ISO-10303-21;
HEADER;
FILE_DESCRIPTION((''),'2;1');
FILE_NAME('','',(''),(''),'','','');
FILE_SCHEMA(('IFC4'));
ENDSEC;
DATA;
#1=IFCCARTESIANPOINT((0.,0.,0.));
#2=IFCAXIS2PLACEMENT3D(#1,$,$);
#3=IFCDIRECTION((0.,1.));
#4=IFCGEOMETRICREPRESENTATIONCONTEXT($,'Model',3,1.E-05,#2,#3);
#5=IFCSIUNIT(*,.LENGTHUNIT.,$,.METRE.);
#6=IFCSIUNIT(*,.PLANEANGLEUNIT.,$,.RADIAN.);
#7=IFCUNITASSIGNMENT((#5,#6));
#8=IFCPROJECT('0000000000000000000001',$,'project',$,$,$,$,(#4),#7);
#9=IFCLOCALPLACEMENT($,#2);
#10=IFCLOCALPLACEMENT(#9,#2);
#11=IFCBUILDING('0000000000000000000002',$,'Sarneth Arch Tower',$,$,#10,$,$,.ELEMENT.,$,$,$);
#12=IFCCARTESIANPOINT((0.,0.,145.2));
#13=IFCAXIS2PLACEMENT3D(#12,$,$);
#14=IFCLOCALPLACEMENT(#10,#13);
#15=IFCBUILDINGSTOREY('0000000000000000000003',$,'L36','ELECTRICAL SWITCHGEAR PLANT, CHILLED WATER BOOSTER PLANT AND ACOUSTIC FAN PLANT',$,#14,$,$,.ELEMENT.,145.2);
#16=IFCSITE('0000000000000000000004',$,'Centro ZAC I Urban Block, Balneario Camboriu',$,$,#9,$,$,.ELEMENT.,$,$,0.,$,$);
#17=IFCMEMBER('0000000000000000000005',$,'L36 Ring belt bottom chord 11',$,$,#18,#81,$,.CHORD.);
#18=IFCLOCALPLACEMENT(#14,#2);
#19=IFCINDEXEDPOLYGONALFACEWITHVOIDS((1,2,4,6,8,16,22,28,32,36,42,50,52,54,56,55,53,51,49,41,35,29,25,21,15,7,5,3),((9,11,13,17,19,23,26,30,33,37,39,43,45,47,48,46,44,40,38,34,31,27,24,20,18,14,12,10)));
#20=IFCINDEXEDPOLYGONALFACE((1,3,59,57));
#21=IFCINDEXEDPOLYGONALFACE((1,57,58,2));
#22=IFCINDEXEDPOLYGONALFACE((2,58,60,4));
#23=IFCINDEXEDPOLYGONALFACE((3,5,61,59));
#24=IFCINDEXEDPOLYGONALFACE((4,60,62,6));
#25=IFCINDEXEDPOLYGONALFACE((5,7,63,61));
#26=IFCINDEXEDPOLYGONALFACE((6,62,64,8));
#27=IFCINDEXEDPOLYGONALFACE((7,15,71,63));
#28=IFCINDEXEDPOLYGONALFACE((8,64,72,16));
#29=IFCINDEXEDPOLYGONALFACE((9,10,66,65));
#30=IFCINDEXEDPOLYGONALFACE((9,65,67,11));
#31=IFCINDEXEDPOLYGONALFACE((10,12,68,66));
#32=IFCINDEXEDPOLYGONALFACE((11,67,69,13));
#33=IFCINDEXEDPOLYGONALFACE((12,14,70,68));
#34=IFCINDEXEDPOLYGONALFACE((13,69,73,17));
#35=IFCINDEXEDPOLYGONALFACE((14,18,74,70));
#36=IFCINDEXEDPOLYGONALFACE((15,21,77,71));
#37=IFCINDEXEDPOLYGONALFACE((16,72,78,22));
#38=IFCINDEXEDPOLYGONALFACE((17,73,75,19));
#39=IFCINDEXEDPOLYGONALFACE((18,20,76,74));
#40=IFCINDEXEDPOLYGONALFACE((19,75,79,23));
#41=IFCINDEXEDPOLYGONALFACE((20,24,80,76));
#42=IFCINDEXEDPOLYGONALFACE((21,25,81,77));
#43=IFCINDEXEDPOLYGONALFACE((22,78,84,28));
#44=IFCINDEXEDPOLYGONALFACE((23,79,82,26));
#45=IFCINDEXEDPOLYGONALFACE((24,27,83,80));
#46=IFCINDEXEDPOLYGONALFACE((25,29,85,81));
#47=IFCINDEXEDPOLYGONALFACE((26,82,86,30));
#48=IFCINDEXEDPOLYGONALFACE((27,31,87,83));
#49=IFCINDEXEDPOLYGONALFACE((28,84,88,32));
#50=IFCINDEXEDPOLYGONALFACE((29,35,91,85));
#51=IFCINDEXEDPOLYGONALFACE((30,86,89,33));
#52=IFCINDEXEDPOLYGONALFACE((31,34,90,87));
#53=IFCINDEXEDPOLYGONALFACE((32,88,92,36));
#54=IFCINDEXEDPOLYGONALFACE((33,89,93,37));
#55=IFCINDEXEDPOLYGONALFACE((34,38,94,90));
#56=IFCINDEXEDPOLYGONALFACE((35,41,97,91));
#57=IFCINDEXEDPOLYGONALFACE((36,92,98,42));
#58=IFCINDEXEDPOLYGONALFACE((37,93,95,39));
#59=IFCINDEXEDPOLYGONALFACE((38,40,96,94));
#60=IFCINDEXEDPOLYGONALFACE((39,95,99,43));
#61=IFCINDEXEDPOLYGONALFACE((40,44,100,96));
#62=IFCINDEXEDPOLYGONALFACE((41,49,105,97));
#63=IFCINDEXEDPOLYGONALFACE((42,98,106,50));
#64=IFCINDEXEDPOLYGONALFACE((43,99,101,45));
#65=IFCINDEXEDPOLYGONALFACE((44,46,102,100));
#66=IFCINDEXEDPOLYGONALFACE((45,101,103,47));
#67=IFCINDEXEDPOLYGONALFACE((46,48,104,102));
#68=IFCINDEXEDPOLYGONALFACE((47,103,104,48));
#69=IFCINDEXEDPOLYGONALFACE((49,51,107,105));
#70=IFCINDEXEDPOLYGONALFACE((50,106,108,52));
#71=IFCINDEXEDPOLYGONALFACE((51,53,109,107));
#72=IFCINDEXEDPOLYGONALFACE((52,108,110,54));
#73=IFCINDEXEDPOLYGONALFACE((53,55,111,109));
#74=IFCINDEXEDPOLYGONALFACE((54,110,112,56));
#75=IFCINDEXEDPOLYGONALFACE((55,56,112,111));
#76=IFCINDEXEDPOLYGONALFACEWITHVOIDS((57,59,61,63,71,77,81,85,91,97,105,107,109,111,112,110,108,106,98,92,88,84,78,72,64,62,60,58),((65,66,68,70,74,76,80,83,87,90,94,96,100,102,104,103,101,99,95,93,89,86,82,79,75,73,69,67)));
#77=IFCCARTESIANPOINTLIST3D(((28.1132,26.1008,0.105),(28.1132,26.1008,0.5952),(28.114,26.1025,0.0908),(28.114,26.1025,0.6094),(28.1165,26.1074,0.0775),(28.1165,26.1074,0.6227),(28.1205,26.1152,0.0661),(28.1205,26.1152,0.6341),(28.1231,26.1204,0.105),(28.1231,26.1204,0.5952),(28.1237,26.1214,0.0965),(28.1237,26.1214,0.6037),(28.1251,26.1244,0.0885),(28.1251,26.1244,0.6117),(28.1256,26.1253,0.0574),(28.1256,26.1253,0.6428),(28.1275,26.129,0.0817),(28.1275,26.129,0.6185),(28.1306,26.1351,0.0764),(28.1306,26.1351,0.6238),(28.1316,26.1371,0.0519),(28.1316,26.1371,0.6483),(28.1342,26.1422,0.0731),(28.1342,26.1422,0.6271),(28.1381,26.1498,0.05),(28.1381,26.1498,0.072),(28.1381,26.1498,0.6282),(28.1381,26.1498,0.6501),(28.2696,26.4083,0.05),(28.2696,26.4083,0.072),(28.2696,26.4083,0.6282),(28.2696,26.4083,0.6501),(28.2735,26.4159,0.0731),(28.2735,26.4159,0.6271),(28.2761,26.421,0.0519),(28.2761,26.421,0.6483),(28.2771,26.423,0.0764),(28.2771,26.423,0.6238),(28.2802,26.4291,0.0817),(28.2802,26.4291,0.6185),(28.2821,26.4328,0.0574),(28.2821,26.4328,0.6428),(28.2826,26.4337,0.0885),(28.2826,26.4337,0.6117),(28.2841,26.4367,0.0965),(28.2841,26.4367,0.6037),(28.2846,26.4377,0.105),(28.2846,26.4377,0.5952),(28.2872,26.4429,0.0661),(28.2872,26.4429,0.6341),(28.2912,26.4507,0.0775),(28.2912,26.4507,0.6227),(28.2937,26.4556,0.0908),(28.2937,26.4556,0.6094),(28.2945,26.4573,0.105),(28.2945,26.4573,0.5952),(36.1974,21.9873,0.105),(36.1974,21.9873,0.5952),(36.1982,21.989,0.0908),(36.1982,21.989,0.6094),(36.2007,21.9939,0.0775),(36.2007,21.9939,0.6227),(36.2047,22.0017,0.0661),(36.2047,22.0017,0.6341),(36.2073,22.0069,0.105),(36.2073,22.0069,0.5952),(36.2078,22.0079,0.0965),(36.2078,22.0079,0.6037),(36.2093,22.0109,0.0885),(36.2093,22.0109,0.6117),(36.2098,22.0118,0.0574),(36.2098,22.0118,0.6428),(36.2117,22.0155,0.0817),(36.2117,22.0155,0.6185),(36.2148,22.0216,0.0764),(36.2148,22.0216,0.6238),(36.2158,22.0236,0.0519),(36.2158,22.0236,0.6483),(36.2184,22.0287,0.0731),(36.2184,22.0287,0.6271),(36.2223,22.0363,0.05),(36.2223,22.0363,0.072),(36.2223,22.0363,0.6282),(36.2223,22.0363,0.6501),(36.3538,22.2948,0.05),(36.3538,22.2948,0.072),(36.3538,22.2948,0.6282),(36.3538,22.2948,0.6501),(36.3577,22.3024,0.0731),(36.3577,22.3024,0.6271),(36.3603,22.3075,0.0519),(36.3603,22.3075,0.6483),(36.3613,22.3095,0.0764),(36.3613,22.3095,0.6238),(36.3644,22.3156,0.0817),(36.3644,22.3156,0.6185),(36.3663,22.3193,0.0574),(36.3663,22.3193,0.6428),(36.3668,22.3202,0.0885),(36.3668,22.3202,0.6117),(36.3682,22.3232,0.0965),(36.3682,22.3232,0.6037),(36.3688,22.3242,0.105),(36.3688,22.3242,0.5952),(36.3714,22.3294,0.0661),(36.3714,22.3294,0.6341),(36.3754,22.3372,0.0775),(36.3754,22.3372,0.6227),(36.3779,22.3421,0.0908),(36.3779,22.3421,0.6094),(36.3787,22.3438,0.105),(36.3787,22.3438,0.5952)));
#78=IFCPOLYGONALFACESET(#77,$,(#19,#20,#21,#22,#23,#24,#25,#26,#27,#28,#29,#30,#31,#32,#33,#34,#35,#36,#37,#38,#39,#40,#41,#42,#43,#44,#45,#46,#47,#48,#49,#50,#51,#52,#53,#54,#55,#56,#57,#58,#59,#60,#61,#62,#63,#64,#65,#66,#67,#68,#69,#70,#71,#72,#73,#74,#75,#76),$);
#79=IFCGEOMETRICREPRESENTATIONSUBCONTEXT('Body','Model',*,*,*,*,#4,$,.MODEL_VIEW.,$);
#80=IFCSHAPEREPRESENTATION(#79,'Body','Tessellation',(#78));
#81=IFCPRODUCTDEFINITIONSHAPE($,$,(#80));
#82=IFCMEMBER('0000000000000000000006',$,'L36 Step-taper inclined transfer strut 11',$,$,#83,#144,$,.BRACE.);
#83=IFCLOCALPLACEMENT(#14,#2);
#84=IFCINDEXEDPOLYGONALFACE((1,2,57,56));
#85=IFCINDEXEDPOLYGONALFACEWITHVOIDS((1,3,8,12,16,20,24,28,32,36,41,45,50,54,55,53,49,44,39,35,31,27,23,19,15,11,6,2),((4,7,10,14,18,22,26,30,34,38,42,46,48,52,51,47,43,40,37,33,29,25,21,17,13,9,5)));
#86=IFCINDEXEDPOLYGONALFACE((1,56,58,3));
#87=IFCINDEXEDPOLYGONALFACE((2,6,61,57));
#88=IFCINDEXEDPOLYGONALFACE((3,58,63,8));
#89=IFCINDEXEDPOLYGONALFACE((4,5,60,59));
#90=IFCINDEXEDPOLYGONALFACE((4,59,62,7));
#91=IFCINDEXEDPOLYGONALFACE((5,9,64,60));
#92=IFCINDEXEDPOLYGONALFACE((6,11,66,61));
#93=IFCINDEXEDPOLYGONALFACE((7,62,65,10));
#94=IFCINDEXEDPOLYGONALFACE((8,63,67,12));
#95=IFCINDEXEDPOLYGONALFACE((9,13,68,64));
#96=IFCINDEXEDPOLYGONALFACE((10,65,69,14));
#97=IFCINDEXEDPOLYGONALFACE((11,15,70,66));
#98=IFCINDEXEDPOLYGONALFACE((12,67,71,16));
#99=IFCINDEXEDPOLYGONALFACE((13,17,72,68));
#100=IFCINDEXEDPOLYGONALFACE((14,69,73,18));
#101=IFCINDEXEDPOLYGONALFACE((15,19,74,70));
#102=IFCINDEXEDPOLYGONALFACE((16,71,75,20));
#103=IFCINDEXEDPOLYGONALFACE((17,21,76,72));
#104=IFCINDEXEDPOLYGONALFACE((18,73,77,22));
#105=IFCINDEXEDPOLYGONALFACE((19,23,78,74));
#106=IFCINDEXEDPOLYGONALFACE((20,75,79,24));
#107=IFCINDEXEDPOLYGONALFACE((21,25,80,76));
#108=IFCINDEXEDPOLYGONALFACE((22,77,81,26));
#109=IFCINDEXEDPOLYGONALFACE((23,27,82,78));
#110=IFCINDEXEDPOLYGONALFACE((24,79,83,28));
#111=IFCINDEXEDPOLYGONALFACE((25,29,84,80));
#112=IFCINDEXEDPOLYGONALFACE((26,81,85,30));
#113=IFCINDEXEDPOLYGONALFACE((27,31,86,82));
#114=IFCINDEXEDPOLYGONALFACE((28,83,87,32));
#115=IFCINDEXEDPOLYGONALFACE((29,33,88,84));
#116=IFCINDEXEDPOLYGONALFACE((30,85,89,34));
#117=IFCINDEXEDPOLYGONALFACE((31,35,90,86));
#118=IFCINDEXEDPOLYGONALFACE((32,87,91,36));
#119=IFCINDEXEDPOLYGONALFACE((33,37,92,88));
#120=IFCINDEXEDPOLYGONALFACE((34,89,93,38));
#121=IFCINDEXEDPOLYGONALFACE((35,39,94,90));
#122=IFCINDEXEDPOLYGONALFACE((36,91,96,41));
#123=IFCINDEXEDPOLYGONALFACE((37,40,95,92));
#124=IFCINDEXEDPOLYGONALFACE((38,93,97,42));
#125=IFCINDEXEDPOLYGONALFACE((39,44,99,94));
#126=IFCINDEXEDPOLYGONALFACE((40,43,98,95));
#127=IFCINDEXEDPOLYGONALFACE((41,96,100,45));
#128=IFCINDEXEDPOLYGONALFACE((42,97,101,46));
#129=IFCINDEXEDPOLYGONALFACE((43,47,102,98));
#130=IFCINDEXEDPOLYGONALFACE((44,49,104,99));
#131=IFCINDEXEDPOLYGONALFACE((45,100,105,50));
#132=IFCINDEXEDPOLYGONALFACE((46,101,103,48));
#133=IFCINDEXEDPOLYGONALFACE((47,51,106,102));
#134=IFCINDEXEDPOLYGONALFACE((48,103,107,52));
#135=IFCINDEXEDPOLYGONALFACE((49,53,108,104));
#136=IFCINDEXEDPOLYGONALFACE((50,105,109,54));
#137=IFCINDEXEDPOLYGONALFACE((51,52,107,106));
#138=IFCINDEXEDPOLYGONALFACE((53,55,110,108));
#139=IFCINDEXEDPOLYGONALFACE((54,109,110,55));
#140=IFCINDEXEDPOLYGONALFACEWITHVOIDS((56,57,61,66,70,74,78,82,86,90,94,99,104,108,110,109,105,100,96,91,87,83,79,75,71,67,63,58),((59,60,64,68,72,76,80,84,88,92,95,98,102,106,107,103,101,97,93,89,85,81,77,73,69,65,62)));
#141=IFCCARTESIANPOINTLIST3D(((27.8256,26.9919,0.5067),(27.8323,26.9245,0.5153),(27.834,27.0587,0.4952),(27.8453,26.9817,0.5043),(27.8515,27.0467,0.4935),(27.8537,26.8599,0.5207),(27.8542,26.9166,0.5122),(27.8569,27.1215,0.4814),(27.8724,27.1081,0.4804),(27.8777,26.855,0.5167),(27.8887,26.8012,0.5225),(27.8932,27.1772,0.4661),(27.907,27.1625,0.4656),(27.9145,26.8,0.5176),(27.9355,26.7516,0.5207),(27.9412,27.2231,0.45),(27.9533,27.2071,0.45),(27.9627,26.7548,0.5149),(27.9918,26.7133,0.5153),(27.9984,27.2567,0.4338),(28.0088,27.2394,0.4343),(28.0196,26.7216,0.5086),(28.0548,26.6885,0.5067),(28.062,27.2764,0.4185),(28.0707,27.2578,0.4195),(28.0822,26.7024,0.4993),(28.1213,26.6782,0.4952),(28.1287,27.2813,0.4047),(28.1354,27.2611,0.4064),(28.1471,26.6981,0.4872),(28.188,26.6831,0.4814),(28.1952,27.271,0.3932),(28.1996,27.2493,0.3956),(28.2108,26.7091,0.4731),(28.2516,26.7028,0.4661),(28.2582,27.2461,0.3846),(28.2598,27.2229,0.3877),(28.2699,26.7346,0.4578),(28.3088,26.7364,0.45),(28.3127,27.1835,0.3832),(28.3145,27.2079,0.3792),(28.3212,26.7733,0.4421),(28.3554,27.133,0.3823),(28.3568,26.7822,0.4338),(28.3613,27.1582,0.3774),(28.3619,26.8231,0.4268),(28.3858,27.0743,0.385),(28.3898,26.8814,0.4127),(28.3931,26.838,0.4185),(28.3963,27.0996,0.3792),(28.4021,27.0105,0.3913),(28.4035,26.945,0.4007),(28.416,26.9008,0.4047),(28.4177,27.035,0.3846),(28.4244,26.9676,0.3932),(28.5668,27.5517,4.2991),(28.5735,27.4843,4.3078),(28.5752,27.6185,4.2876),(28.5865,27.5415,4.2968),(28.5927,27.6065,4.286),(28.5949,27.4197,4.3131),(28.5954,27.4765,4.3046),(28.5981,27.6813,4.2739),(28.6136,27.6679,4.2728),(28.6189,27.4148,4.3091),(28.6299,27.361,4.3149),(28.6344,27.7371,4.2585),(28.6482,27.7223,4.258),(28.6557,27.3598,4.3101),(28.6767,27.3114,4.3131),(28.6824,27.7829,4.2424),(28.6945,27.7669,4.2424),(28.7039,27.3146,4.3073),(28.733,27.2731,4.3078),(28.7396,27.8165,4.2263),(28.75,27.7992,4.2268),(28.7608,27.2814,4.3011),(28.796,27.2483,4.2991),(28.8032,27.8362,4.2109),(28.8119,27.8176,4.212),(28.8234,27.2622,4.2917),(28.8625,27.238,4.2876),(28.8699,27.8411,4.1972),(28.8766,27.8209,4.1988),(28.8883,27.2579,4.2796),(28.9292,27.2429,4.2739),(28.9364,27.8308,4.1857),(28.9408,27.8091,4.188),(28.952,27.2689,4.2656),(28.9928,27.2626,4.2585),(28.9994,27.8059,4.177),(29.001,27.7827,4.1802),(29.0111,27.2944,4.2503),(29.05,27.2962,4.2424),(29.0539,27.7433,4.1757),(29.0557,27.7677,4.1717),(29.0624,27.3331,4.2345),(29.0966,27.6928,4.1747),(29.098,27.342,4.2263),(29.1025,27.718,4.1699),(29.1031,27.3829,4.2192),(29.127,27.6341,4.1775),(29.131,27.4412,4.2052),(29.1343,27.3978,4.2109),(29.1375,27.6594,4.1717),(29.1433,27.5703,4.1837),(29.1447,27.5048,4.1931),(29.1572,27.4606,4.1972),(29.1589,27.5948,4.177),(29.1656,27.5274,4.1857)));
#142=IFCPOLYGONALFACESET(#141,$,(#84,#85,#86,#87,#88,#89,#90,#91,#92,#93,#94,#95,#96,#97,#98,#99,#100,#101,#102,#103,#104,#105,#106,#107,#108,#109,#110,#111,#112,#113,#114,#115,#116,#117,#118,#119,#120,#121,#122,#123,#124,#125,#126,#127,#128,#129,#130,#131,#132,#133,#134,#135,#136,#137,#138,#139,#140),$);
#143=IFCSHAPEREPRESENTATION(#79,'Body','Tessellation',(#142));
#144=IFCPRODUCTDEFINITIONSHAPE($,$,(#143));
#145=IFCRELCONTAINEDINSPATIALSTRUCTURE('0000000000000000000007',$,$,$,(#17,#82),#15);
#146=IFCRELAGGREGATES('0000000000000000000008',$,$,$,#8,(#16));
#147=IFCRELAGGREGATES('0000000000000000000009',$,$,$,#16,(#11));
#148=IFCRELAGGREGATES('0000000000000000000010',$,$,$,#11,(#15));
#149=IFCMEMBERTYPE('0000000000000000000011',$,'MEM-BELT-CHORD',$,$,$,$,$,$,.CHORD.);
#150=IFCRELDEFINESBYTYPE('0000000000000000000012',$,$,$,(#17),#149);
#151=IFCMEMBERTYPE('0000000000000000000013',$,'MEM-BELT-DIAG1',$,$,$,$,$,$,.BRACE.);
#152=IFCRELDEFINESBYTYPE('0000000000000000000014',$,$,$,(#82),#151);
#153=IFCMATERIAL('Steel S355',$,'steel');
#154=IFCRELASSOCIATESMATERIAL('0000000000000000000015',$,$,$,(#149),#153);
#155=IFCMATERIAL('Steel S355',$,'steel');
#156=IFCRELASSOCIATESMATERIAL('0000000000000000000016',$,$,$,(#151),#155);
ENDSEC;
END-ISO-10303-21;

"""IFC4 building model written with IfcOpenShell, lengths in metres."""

from ifc_helpers import new_model, si_unit, direction, frame, origin, origin_2d, place, context, subcontext, project, spatial, hollow_rectangle, hollow_circle, extrude, material, material_profile, profile_set, type_object, element, save


model = new_model("IFC4")

# Units and contexts
model_context = context("Model", 3, precision=1e-05, world=origin(), true_north=direction((0.0, 1.0)))
body_context = subcontext(model_context, "Body", "Model", "MODEL_VIEW")
ifc_project = project(units=[si_unit("LENGTHUNIT", "METRE"), si_unit("PLANEANGLEUNIT", "RADIAN")], contexts=[model_context])

# Site, building, storey
site_placement = place(None, origin())
site = spatial("IfcSite", under=ifc_project, at=site_placement, Name="Centro ZAC I Urban Block, Balneario Camboriu", CompositionType="ELEMENT", RefElevation=0.0)
building_placement = place(site_placement, origin())
building = spatial("IfcBuilding", under=site, at=building_placement, Name="Sarneth Arch Tower", CompositionType="ELEMENT")
storey_placement = place(building_placement, frame((0.0, 0.0, 145.2)))
storey = spatial("IfcBuildingStorey", under=building, at=storey_placement, Name="L36", Description="ELECTRICAL SWITCHGEAR PLANT, CHILLED WATER BOOSTER PLANT AND ACOUSTIC FAN PLANT", CompositionType="ELEMENT", Elevation=145.2)

# Members
ifc_material_1 = material(Name="Steel S355", Category="steel")
ifc_material_profile_1 = material_profile(ifc_material_1, hollow_rectangle(XDim=0.3999, YDim=0.6001, WallThickness=0.022, InnerFilletRadius=0.033, OuterFilletRadius=0.0549, at=origin_2d()), Name="RHS600x400x22")
ifc_profile_set_1 = profile_set([ifc_material_profile_1], Name="Steel S355")
member_type_1 = type_object("IfcMemberType", Name="MEM-BELT-CHORD", PredefinedType="CHORD", material=ifc_profile_set_1)
member_1_placement = place(storey_placement, frame((28.2039, 26.2791, 0.3501), z_axis=(0.891256, -0.453501, 0.0), x_axis=(0.453501, 0.891256, 0.0)))
element("IfcMember", 1, at=member_1_placement, inside=storey, type_object=member_type_1, Name="L36 Ring belt bottom chord 11", PredefinedType="CHORD", context=body_context, shape_type="SweptSolid", body=[
    extrude(hollow_rectangle(XDim=0.3999, YDim=0.6001, WallThickness=0.022, InnerFilletRadius=0.033, OuterFilletRadius=0.0549, at=origin_2d()), origin(), (0.0, 0.0, 1.0), 9.0706),
])
ifc_material_2 = material(Name="Steel S355", Category="steel")
ifc_material_profile_2 = material_profile(ifc_material_2, hollow_circle(Radius=0.3049, WallThickness=0.02, at=origin_2d()), Name="CHS610x20")
ifc_profile_set_2 = profile_set([ifc_material_profile_2], Name="Steel S355")
member_type_2 = type_object("IfcMemberType", Name="MEM-BELT-DIAG1", PredefinedType="BRACE", material=ifc_profile_set_2)
member_2_placement = place(storey_placement, frame((28.125, 26.9797, 0.45), z_axis=(0.189831, 0.143374, 0.971292), x_axis=(-0.602688, 0.797977, 0.0)))
element("IfcMember", 2, at=member_2_placement, inside=storey, type_object=member_type_2, Name="L36 Step-taper inclined transfer strut 11", PredefinedType="BRACE", context=body_context, shape_type="SweptSolid", body=[
    extrude(hollow_circle(Radius=0.3049, WallThickness=0.02, at=origin_2d()), origin(), (0.0, 0.0, 1.0), 3.9045),
])

save(model, "model.ifc")
